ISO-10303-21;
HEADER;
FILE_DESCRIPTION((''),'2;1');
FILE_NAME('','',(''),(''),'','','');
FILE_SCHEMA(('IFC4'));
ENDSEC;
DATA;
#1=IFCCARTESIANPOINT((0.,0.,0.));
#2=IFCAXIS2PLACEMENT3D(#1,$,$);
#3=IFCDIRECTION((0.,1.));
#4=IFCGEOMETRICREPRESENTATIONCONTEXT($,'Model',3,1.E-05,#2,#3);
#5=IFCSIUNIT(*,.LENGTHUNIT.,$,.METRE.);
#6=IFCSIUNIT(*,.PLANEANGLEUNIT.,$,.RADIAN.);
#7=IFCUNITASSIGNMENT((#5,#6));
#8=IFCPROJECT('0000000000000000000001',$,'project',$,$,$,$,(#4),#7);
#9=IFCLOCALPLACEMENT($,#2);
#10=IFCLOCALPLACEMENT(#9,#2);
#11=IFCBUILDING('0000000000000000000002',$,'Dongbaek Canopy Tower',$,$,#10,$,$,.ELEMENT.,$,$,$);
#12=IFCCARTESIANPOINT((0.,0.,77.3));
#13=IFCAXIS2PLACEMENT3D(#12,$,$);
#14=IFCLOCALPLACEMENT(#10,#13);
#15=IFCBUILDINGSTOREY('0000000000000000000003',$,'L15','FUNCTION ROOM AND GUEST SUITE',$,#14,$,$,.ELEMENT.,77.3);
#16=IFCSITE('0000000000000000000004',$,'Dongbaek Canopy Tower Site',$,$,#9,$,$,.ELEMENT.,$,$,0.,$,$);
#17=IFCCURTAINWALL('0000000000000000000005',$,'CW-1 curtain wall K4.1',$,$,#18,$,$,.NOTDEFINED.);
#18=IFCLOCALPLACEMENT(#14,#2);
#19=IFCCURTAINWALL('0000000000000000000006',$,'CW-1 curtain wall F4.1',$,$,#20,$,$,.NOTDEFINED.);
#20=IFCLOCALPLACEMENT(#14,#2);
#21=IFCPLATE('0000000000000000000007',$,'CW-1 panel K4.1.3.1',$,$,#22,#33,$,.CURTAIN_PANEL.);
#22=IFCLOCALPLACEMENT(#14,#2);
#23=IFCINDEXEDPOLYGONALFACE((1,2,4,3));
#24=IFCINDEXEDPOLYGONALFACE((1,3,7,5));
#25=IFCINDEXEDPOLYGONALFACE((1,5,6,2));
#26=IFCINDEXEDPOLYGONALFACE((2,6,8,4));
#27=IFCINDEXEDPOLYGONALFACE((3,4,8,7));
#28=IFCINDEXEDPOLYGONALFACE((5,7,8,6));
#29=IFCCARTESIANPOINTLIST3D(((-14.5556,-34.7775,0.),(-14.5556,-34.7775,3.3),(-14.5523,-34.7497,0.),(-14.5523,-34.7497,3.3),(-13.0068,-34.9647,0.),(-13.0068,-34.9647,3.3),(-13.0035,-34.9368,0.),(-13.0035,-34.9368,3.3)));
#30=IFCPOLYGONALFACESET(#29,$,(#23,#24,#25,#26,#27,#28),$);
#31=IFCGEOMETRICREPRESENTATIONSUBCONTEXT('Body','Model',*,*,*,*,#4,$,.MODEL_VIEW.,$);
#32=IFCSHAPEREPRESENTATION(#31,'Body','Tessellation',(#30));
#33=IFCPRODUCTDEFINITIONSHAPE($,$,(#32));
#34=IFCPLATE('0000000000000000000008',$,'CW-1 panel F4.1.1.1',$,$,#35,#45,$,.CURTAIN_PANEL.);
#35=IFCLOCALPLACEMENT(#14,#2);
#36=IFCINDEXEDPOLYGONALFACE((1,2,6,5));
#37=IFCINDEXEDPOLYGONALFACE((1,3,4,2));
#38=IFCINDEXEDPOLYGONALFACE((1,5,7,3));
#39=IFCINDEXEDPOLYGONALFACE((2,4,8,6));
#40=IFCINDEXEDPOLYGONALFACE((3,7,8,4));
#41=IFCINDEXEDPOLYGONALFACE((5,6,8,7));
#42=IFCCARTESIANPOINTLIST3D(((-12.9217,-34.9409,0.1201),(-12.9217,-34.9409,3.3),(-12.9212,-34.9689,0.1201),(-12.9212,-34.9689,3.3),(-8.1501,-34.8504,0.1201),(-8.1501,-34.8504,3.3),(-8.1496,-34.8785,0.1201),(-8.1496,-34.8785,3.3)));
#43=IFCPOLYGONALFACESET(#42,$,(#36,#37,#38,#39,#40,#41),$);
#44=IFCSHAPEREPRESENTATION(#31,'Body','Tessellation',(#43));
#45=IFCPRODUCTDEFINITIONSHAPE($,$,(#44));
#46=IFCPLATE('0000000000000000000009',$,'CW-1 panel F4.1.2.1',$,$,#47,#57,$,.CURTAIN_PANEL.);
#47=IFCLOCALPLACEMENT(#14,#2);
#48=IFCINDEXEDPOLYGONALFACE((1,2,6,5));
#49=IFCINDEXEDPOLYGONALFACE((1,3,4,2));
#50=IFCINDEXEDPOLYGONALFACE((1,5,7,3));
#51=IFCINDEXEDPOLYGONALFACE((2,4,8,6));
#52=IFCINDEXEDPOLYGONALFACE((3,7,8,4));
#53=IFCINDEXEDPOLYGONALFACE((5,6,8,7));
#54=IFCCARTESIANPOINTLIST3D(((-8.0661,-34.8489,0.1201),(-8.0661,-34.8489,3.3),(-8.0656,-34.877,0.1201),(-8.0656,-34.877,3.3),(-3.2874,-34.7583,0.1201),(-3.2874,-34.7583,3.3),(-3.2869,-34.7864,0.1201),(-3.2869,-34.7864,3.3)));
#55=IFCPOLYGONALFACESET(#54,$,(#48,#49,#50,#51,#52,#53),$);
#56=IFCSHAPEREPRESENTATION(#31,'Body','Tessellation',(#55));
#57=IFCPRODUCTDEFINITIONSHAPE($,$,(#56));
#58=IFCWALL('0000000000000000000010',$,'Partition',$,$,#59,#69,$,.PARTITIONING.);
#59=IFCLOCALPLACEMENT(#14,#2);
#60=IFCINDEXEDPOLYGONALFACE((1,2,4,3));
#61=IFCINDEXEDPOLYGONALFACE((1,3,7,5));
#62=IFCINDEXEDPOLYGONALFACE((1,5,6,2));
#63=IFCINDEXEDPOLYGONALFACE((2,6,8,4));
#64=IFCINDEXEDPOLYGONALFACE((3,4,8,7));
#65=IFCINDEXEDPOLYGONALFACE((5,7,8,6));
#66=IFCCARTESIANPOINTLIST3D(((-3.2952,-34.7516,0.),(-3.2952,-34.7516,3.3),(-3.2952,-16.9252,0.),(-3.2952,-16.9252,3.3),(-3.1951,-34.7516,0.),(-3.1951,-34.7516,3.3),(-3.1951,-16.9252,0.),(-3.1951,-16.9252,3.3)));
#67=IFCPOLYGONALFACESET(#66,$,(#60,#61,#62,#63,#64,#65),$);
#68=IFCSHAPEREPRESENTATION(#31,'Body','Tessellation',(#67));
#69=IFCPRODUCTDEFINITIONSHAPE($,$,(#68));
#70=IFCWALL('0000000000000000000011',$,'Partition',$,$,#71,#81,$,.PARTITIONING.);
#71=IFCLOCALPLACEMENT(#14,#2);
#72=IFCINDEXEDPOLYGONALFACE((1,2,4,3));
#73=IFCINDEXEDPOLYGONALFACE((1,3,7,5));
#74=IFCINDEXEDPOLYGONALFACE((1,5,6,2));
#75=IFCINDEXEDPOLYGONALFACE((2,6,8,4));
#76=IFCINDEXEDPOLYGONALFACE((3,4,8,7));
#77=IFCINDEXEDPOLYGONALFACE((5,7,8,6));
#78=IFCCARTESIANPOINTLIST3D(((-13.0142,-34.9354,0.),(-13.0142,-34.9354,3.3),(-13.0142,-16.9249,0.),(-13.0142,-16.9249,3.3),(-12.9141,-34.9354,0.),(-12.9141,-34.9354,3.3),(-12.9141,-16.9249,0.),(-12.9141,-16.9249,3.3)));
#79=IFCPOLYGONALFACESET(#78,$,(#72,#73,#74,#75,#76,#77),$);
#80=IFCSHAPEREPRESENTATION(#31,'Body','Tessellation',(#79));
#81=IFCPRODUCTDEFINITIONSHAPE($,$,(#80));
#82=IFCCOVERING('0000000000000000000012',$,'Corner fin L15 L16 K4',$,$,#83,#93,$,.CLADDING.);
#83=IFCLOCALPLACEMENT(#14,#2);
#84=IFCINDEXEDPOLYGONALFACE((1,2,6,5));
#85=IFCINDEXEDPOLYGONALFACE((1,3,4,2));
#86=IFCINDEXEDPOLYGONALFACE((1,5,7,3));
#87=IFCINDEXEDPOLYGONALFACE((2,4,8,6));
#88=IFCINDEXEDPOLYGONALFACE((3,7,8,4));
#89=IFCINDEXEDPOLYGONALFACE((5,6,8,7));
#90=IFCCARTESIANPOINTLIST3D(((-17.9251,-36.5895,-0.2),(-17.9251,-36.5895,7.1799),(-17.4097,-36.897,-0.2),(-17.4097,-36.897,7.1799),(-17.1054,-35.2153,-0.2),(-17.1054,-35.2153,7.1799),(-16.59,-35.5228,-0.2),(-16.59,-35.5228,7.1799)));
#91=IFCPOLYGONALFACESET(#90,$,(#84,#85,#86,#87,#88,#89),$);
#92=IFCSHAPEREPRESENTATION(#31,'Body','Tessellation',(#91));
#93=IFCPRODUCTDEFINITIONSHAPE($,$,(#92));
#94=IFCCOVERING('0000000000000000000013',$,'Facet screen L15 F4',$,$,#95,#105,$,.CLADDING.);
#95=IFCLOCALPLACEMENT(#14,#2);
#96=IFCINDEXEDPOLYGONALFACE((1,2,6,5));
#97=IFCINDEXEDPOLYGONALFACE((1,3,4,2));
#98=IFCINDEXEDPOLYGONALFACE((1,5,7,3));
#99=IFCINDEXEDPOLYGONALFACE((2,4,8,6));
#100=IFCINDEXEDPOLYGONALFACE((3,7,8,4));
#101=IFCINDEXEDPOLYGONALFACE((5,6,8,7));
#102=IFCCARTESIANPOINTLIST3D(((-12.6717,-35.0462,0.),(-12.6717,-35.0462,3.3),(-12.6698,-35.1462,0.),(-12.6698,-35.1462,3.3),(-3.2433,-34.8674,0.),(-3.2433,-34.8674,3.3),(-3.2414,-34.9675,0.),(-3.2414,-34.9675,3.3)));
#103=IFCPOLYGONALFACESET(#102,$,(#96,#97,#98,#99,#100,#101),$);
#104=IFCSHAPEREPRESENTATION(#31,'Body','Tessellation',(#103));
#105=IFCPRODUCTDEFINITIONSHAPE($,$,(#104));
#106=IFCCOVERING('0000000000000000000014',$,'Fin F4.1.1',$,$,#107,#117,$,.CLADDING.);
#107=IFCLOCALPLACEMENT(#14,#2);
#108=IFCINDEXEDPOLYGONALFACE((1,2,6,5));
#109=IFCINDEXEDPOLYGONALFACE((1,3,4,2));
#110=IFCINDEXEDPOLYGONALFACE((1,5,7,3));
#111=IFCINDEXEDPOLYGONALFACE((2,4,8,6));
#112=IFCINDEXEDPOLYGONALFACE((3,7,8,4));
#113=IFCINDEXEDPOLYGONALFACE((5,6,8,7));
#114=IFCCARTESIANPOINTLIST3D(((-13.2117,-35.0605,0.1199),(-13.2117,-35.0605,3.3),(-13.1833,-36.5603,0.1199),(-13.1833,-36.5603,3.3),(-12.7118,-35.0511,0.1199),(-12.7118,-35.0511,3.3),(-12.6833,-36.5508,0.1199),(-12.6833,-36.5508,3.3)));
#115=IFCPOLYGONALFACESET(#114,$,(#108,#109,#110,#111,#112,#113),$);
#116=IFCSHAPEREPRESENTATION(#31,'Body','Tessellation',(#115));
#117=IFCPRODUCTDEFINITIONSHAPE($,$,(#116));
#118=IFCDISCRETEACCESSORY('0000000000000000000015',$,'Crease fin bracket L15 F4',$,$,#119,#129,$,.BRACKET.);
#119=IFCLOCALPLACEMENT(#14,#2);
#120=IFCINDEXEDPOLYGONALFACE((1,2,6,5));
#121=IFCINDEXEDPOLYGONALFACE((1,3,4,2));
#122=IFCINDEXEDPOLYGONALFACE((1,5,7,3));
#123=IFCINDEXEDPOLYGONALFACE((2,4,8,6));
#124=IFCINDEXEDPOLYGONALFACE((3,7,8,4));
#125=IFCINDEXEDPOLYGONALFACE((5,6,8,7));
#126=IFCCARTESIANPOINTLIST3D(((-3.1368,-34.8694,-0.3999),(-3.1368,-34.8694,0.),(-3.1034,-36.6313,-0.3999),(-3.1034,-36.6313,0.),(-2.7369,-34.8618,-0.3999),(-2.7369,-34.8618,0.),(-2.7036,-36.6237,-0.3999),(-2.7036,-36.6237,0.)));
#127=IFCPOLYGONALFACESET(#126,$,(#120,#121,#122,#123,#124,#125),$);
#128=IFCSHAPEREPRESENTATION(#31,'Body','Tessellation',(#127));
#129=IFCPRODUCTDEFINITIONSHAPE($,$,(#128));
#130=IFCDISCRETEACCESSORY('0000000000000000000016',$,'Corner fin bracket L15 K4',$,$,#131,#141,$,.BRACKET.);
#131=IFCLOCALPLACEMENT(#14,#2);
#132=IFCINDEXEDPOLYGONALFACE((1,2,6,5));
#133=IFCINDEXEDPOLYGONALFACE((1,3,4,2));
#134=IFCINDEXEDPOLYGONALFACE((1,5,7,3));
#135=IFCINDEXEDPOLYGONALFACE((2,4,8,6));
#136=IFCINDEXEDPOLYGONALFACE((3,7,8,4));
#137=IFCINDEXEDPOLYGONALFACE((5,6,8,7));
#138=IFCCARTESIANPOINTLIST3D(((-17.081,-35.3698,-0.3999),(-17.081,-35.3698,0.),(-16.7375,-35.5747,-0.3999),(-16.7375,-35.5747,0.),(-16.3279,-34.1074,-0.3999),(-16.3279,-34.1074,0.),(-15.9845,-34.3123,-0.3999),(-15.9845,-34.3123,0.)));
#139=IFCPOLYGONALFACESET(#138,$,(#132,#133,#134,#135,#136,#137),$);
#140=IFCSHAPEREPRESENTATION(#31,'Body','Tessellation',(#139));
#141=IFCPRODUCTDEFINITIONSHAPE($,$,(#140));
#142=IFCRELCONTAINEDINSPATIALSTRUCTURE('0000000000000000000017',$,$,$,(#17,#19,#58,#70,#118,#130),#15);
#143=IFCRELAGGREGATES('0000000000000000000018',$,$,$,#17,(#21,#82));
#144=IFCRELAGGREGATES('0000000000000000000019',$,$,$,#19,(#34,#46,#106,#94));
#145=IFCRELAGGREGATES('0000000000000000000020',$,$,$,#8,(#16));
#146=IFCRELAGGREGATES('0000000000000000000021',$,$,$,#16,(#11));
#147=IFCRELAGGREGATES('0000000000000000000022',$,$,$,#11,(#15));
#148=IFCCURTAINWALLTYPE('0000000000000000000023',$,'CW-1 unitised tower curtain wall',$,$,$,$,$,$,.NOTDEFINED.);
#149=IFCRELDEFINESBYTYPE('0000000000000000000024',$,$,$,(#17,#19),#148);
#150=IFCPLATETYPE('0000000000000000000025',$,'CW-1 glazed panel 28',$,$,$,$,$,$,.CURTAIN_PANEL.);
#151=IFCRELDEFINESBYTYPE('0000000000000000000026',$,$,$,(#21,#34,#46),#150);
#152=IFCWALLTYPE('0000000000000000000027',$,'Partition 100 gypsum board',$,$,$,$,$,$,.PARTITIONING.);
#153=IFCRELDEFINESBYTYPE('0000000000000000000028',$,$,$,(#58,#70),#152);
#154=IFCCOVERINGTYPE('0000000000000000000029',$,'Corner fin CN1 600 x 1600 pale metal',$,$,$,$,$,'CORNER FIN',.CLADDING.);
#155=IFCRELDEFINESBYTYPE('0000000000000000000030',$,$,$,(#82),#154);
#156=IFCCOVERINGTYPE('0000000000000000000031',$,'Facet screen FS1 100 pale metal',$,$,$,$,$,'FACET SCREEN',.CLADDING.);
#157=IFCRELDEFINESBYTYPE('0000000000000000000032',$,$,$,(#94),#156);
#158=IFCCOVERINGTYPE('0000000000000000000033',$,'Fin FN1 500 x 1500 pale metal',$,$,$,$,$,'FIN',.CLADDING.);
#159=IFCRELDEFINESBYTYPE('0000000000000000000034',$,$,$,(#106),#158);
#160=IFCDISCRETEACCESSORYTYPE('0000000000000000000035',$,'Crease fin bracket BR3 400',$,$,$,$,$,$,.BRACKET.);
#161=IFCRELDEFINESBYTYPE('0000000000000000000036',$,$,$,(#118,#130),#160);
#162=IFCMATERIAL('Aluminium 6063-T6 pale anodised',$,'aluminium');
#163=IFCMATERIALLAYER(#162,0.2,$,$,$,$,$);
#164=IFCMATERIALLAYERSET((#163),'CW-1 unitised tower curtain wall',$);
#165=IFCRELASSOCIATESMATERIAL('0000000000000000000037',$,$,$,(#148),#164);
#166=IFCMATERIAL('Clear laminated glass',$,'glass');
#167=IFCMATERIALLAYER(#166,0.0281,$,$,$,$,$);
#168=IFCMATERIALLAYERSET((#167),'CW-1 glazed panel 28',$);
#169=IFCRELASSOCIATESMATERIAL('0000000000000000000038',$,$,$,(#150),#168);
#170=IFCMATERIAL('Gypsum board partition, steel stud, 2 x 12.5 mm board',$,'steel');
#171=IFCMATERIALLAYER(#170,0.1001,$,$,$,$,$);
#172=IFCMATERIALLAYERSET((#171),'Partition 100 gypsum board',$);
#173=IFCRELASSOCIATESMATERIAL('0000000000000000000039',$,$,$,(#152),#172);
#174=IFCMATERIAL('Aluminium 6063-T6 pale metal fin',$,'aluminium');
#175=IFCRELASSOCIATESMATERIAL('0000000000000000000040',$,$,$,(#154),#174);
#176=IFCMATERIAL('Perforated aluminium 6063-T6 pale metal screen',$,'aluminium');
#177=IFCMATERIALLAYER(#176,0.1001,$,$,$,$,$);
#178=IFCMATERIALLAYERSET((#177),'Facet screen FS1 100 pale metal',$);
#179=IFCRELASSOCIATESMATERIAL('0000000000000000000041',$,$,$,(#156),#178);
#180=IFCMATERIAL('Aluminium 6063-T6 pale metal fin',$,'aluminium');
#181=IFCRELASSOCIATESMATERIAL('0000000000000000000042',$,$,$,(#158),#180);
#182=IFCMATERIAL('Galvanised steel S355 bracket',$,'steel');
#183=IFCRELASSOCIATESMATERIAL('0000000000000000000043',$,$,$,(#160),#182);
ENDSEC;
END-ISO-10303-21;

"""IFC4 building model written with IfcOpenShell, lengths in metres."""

from ifc_helpers import new_model, si_unit, direction, frame, frame_2d, origin, origin_2d, place, context, subcontext, project, spatial, rectangle, extrude, material, layer, layer_set, material_profile, profile_set, type_object, element, aggregate, save


model = new_model("IFC4")

# Units and contexts
model_context = context("Model", 3, precision=1e-05, world=origin(), true_north=direction((0.0, 1.0)))
body_context = subcontext(model_context, "Body", "Model", "MODEL_VIEW")
ifc_project = project(units=[si_unit("LENGTHUNIT", "METRE"), si_unit("PLANEANGLEUNIT", "RADIAN")], contexts=[model_context])

# Site, building, storey
site_placement = place(None, origin())
site = spatial("IfcSite", under=ifc_project, at=site_placement, Name="Dongbaek Canopy Tower Site", CompositionType="ELEMENT", RefElevation=0.0)
building_placement = place(site_placement, origin())
building = spatial("IfcBuilding", under=site, at=building_placement, Name="Dongbaek Canopy Tower", CompositionType="ELEMENT")
storey_placement = place(building_placement, frame((0.0, 0.0, 77.3)))
storey = spatial("IfcBuildingStorey", under=building, at=storey_placement, Name="L15", Description="FUNCTION ROOM AND GUEST SUITE", CompositionType="ELEMENT", Elevation=77.3)

# Shared definitions
ifc_material_1 = material(Name="Aluminium 6063-T6 pale anodised", Category="aluminium")
ifc_layer_1 = layer(ifc_material_1, 0.2)
ifc_layer_set_1 = layer_set([ifc_layer_1], Name="CW-1 unitised tower curtain wall")
curtain_wall_type = type_object("IfcCurtainWallType", Name="CW-1 unitised tower curtain wall", PredefinedType="NOTDEFINED", material=ifc_layer_set_1)

# Curtain walls
curtain_wall_1_placement = place(storey_placement, origin())
curtain_wall_1 = element("IfcCurtainWall", 1, at=curtain_wall_1_placement, inside=storey, type_object=curtain_wall_type, Name="CW-1 curtain wall K4.1", PredefinedType="NOTDEFINED")
curtain_wall_2_placement = place(storey_placement, origin())
curtain_wall_2 = element("IfcCurtainWall", 2, at=curtain_wall_2_placement, inside=storey, type_object=curtain_wall_type, Name="CW-1 curtain wall F4.1", PredefinedType="NOTDEFINED")

# Plates
ifc_material_2 = material(Name="Clear laminated glass", Category="glass")
ifc_layer_2 = layer(ifc_material_2, 0.0281)
ifc_layer_set_2 = layer_set([ifc_layer_2], Name="CW-1 glazed panel 28")
plate_type = type_object("IfcPlateType", Name="CW-1 glazed panel 28", PredefinedType="CURTAIN_PANEL", material=ifc_layer_set_2)
plate_1_placement = place(storey_placement, frame((-13.7795, -34.8572, 0.0), z_axis=(0.0, 0.0, 1.0), x_axis=(0.992779, -0.119959, 0.0)))
plate_1 = element("IfcPlate", 3, at=plate_1_placement, type_object=plate_type, Name="CW-1 panel K4.1.3.1", PredefinedType="CURTAIN_PANEL", context=body_context, shape_type="SweptSolid", body=[
    extrude(rectangle(XDim=1.5601, YDim=0.0281, at=origin_2d()), origin(), (0.0, 0.0, 1.0), 3.3),
])
plate_2_placement = place(storey_placement, frame((-10.5356, -34.9097, 0.1201), z_axis=(0.0, 0.0, 1.0), x_axis=(0.99982, 0.018952, 0.0)))
plate_2 = element("IfcPlate", 4, at=plate_2_placement, type_object=plate_type, Name="CW-1 panel F4.1.1.1", PredefinedType="CURTAIN_PANEL", context=body_context, shape_type="SweptSolid", body=[
    extrude(rectangle(XDim=4.7725, YDim=0.0281, at=origin_2d()), origin(), (0.0, 0.0, 1.0), 3.1799),
])
plate_3_placement = place(storey_placement, frame((-5.6765, -34.8176, 0.1201), z_axis=(0.0, 0.0, 1.0), x_axis=(0.99982, 0.018952, 0.0)))
plate_3 = element("IfcPlate", 5, at=plate_3_placement, type_object=plate_type, Name="CW-1 panel F4.1.2.1", PredefinedType="CURTAIN_PANEL", context=body_context, shape_type="SweptSolid", body=[
    extrude(rectangle(XDim=4.7795, YDim=0.0281, at=origin_2d()), origin(), (0.0, 0.0, 1.0), 3.1799),
])

# Walls
ifc_material_3 = material(Name="Gypsum board partition, steel stud, 2 x 12.5 mm board", Category="steel")
ifc_layer_3 = layer(ifc_material_3, 0.1001)
ifc_layer_set_3 = layer_set([ifc_layer_3], Name="Partition 100 gypsum board")
wall_type_1 = type_object("IfcWallType", Name="Partition 100 gypsum board", PredefinedType="PARTITIONING", material=ifc_layer_set_3)
wall_1_placement = place(storey_placement, frame((-3.2451, -34.7515, 0.0), z_axis=(0.0, 0.0, 1.0), x_axis=(0.0, 1.0, 0.0)))
element("IfcWall", 6, at=wall_1_placement, inside=storey, type_object=wall_type_1, Name="Partition", PredefinedType="PARTITIONING", context=body_context, shape_type="SweptSolid", body=[
    extrude(rectangle(XDim=17.8264, YDim=0.1001, at=frame_2d((8.9131, 0.0))), origin(), (0.0, 0.0, 1.0), 3.3),
])
wall_2_placement = place(storey_placement, frame((-12.9641, -34.9355, 0.0), z_axis=(0.0, 0.0, 1.0), x_axis=(0.0, 1.0, 0.0)))
element("IfcWall", 7, at=wall_2_placement, inside=storey, type_object=wall_type_1, Name="Partition", PredefinedType="PARTITIONING", context=body_context, shape_type="SweptSolid", body=[
    extrude(rectangle(XDim=18.0105, YDim=0.1001, at=frame_2d((9.0054, 0.0))), origin(), (0.0, 0.0, 1.0), 3.3),
])

# Coverings
ifc_material_4 = material(Name="Aluminium 6063-T6 pale metal fin", Category="aluminium")
ifc_material_profile_1 = material_profile(ifc_material_4, rectangle(XDim=1.6001, YDim=0.6001, at=origin_2d()), Name="Corner fin CN1 600 x 1600 pale metal")
ifc_profile_set_1 = profile_set([ifc_material_profile_1], Name="Aluminium 6063-T6 pale metal fin")
covering_type_1 = type_object("IfcCoveringType", Name="Corner fin CN1 600 x 1600 pale metal", ElementType="CORNER FIN", PredefinedType="CLADDING", material=ifc_profile_set_1)
covering_1_placement = place(storey_placement, frame((-17.2576, -36.0562, -0.2), z_axis=(0.0, 0.0, 1.0), x_axis=(-0.512292, -0.858812, 0.0)))
covering_1 = element("IfcCovering", 8, at=covering_1_placement, type_object=covering_type_1, Name="Corner fin L15 L16 K4", PredefinedType="CLADDING", context=body_context, shape_type="SweptSolid", body=[
    extrude(rectangle(XDim=1.6001, YDim=0.6001, at=origin_2d()), origin(), (0.0, 0.0, 1.0), 7.3799),
])
aggregate(curtain_wall_1, [plate_1, covering_1])
ifc_material_5 = material(Name="Perforated aluminium 6063-T6 pale metal screen", Category="aluminium")
ifc_layer_4 = layer(ifc_material_5, 0.1001)
ifc_layer_set_4 = layer_set([ifc_layer_4], Name="Facet screen FS1 100 pale metal")
covering_type_2 = type_object("IfcCoveringType", Name="Facet screen FS1 100 pale metal", ElementType="FACET SCREEN", PredefinedType="CLADDING", material=ifc_layer_set_4)
covering_2_placement = place(storey_placement, frame((-7.9565, -35.0068, 0.0), z_axis=(0.0, 0.0, 1.0), x_axis=(0.99982, 0.018951, 0.0)))
covering_2 = element("IfcCovering", 9, at=covering_2_placement, type_object=covering_type_2, Name="Facet screen L15 F4", PredefinedType="CLADDING", context=body_context, shape_type="SweptSolid", body=[
    extrude(rectangle(XDim=9.4302, YDim=0.1001, at=origin_2d()), origin(), (0.0, 0.0, 1.0), 3.3),
])
ifc_material_6 = material(Name="Aluminium 6063-T6 pale metal fin", Category="aluminium")
ifc_material_profile_2 = material_profile(ifc_material_6, rectangle(XDim=1.5, YDim=0.5, at=origin_2d()), Name="Fin FN1 500 x 1500 pale metal")
ifc_profile_set_2 = profile_set([ifc_material_profile_2], Name="Aluminium 6063-T6 pale metal fin")
covering_type_3 = type_object("IfcCoveringType", Name="Fin FN1 500 x 1500 pale metal", ElementType="FIN", PredefinedType="CLADDING", material=ifc_profile_set_2)
covering_3_placement = place(storey_placement, frame((-12.9475, -35.8057, 0.1199), z_axis=(0.0, 0.0, 1.0), x_axis=(0.018952, -0.99982, 0.0)))
covering_3 = element("IfcCovering", 10, at=covering_3_placement, type_object=covering_type_3, Name="Fin F4.1.1", PredefinedType="CLADDING", context=body_context, shape_type="SweptSolid", body=[
    extrude(rectangle(XDim=1.5, YDim=0.5, at=origin_2d()), origin(), (0.0, 0.0, 1.0), 3.1802),
])
aggregate(curtain_wall_2, [plate_2, plate_3, covering_3, covering_2])

# Discrete accessories
ifc_material_7 = material(Name="Galvanised steel S355 bracket", Category="steel")
discrete_accessory_type = type_object("IfcDiscreteAccessoryType", Name="Crease fin bracket BR3 400", PredefinedType="BRACKET", material=ifc_material_7)
discrete_accessory_1_placement = place(storey_placement, frame((-2.9202, -35.7466, -0.3999), z_axis=(0.0, 0.0, 1.0), x_axis=(0.018951, -0.99982, 0.0)))
element("IfcDiscreteAccessory", 11, at=discrete_accessory_1_placement, inside=storey, type_object=discrete_accessory_type, Name="Crease fin bracket L15 F4", PredefinedType="BRACKET", context=body_context, shape_type="SweptSolid", body=[
    extrude(rectangle(XDim=1.7622, YDim=0.3999, at=origin_2d()), origin(), (0.0, 0.0, 1.0), 0.3999),
])
discrete_accessory_2_placement = place(storey_placement, frame((-16.5327, -34.8411, -0.3999), z_axis=(0.0, 0.0, 1.0), x_axis=(-0.512292, -0.858812, 0.0)))
element("IfcDiscreteAccessory", 12, at=discrete_accessory_2_placement, inside=storey, type_object=discrete_accessory_type, Name="Corner fin bracket L15 K4", PredefinedType="BRACKET", context=body_context, shape_type="SweptSolid", body=[
    extrude(rectangle(XDim=1.47, YDim=0.3999, at=origin_2d()), origin(), (0.0, 0.0, 1.0), 0.3999),
])

save(model, "model.ifc")
